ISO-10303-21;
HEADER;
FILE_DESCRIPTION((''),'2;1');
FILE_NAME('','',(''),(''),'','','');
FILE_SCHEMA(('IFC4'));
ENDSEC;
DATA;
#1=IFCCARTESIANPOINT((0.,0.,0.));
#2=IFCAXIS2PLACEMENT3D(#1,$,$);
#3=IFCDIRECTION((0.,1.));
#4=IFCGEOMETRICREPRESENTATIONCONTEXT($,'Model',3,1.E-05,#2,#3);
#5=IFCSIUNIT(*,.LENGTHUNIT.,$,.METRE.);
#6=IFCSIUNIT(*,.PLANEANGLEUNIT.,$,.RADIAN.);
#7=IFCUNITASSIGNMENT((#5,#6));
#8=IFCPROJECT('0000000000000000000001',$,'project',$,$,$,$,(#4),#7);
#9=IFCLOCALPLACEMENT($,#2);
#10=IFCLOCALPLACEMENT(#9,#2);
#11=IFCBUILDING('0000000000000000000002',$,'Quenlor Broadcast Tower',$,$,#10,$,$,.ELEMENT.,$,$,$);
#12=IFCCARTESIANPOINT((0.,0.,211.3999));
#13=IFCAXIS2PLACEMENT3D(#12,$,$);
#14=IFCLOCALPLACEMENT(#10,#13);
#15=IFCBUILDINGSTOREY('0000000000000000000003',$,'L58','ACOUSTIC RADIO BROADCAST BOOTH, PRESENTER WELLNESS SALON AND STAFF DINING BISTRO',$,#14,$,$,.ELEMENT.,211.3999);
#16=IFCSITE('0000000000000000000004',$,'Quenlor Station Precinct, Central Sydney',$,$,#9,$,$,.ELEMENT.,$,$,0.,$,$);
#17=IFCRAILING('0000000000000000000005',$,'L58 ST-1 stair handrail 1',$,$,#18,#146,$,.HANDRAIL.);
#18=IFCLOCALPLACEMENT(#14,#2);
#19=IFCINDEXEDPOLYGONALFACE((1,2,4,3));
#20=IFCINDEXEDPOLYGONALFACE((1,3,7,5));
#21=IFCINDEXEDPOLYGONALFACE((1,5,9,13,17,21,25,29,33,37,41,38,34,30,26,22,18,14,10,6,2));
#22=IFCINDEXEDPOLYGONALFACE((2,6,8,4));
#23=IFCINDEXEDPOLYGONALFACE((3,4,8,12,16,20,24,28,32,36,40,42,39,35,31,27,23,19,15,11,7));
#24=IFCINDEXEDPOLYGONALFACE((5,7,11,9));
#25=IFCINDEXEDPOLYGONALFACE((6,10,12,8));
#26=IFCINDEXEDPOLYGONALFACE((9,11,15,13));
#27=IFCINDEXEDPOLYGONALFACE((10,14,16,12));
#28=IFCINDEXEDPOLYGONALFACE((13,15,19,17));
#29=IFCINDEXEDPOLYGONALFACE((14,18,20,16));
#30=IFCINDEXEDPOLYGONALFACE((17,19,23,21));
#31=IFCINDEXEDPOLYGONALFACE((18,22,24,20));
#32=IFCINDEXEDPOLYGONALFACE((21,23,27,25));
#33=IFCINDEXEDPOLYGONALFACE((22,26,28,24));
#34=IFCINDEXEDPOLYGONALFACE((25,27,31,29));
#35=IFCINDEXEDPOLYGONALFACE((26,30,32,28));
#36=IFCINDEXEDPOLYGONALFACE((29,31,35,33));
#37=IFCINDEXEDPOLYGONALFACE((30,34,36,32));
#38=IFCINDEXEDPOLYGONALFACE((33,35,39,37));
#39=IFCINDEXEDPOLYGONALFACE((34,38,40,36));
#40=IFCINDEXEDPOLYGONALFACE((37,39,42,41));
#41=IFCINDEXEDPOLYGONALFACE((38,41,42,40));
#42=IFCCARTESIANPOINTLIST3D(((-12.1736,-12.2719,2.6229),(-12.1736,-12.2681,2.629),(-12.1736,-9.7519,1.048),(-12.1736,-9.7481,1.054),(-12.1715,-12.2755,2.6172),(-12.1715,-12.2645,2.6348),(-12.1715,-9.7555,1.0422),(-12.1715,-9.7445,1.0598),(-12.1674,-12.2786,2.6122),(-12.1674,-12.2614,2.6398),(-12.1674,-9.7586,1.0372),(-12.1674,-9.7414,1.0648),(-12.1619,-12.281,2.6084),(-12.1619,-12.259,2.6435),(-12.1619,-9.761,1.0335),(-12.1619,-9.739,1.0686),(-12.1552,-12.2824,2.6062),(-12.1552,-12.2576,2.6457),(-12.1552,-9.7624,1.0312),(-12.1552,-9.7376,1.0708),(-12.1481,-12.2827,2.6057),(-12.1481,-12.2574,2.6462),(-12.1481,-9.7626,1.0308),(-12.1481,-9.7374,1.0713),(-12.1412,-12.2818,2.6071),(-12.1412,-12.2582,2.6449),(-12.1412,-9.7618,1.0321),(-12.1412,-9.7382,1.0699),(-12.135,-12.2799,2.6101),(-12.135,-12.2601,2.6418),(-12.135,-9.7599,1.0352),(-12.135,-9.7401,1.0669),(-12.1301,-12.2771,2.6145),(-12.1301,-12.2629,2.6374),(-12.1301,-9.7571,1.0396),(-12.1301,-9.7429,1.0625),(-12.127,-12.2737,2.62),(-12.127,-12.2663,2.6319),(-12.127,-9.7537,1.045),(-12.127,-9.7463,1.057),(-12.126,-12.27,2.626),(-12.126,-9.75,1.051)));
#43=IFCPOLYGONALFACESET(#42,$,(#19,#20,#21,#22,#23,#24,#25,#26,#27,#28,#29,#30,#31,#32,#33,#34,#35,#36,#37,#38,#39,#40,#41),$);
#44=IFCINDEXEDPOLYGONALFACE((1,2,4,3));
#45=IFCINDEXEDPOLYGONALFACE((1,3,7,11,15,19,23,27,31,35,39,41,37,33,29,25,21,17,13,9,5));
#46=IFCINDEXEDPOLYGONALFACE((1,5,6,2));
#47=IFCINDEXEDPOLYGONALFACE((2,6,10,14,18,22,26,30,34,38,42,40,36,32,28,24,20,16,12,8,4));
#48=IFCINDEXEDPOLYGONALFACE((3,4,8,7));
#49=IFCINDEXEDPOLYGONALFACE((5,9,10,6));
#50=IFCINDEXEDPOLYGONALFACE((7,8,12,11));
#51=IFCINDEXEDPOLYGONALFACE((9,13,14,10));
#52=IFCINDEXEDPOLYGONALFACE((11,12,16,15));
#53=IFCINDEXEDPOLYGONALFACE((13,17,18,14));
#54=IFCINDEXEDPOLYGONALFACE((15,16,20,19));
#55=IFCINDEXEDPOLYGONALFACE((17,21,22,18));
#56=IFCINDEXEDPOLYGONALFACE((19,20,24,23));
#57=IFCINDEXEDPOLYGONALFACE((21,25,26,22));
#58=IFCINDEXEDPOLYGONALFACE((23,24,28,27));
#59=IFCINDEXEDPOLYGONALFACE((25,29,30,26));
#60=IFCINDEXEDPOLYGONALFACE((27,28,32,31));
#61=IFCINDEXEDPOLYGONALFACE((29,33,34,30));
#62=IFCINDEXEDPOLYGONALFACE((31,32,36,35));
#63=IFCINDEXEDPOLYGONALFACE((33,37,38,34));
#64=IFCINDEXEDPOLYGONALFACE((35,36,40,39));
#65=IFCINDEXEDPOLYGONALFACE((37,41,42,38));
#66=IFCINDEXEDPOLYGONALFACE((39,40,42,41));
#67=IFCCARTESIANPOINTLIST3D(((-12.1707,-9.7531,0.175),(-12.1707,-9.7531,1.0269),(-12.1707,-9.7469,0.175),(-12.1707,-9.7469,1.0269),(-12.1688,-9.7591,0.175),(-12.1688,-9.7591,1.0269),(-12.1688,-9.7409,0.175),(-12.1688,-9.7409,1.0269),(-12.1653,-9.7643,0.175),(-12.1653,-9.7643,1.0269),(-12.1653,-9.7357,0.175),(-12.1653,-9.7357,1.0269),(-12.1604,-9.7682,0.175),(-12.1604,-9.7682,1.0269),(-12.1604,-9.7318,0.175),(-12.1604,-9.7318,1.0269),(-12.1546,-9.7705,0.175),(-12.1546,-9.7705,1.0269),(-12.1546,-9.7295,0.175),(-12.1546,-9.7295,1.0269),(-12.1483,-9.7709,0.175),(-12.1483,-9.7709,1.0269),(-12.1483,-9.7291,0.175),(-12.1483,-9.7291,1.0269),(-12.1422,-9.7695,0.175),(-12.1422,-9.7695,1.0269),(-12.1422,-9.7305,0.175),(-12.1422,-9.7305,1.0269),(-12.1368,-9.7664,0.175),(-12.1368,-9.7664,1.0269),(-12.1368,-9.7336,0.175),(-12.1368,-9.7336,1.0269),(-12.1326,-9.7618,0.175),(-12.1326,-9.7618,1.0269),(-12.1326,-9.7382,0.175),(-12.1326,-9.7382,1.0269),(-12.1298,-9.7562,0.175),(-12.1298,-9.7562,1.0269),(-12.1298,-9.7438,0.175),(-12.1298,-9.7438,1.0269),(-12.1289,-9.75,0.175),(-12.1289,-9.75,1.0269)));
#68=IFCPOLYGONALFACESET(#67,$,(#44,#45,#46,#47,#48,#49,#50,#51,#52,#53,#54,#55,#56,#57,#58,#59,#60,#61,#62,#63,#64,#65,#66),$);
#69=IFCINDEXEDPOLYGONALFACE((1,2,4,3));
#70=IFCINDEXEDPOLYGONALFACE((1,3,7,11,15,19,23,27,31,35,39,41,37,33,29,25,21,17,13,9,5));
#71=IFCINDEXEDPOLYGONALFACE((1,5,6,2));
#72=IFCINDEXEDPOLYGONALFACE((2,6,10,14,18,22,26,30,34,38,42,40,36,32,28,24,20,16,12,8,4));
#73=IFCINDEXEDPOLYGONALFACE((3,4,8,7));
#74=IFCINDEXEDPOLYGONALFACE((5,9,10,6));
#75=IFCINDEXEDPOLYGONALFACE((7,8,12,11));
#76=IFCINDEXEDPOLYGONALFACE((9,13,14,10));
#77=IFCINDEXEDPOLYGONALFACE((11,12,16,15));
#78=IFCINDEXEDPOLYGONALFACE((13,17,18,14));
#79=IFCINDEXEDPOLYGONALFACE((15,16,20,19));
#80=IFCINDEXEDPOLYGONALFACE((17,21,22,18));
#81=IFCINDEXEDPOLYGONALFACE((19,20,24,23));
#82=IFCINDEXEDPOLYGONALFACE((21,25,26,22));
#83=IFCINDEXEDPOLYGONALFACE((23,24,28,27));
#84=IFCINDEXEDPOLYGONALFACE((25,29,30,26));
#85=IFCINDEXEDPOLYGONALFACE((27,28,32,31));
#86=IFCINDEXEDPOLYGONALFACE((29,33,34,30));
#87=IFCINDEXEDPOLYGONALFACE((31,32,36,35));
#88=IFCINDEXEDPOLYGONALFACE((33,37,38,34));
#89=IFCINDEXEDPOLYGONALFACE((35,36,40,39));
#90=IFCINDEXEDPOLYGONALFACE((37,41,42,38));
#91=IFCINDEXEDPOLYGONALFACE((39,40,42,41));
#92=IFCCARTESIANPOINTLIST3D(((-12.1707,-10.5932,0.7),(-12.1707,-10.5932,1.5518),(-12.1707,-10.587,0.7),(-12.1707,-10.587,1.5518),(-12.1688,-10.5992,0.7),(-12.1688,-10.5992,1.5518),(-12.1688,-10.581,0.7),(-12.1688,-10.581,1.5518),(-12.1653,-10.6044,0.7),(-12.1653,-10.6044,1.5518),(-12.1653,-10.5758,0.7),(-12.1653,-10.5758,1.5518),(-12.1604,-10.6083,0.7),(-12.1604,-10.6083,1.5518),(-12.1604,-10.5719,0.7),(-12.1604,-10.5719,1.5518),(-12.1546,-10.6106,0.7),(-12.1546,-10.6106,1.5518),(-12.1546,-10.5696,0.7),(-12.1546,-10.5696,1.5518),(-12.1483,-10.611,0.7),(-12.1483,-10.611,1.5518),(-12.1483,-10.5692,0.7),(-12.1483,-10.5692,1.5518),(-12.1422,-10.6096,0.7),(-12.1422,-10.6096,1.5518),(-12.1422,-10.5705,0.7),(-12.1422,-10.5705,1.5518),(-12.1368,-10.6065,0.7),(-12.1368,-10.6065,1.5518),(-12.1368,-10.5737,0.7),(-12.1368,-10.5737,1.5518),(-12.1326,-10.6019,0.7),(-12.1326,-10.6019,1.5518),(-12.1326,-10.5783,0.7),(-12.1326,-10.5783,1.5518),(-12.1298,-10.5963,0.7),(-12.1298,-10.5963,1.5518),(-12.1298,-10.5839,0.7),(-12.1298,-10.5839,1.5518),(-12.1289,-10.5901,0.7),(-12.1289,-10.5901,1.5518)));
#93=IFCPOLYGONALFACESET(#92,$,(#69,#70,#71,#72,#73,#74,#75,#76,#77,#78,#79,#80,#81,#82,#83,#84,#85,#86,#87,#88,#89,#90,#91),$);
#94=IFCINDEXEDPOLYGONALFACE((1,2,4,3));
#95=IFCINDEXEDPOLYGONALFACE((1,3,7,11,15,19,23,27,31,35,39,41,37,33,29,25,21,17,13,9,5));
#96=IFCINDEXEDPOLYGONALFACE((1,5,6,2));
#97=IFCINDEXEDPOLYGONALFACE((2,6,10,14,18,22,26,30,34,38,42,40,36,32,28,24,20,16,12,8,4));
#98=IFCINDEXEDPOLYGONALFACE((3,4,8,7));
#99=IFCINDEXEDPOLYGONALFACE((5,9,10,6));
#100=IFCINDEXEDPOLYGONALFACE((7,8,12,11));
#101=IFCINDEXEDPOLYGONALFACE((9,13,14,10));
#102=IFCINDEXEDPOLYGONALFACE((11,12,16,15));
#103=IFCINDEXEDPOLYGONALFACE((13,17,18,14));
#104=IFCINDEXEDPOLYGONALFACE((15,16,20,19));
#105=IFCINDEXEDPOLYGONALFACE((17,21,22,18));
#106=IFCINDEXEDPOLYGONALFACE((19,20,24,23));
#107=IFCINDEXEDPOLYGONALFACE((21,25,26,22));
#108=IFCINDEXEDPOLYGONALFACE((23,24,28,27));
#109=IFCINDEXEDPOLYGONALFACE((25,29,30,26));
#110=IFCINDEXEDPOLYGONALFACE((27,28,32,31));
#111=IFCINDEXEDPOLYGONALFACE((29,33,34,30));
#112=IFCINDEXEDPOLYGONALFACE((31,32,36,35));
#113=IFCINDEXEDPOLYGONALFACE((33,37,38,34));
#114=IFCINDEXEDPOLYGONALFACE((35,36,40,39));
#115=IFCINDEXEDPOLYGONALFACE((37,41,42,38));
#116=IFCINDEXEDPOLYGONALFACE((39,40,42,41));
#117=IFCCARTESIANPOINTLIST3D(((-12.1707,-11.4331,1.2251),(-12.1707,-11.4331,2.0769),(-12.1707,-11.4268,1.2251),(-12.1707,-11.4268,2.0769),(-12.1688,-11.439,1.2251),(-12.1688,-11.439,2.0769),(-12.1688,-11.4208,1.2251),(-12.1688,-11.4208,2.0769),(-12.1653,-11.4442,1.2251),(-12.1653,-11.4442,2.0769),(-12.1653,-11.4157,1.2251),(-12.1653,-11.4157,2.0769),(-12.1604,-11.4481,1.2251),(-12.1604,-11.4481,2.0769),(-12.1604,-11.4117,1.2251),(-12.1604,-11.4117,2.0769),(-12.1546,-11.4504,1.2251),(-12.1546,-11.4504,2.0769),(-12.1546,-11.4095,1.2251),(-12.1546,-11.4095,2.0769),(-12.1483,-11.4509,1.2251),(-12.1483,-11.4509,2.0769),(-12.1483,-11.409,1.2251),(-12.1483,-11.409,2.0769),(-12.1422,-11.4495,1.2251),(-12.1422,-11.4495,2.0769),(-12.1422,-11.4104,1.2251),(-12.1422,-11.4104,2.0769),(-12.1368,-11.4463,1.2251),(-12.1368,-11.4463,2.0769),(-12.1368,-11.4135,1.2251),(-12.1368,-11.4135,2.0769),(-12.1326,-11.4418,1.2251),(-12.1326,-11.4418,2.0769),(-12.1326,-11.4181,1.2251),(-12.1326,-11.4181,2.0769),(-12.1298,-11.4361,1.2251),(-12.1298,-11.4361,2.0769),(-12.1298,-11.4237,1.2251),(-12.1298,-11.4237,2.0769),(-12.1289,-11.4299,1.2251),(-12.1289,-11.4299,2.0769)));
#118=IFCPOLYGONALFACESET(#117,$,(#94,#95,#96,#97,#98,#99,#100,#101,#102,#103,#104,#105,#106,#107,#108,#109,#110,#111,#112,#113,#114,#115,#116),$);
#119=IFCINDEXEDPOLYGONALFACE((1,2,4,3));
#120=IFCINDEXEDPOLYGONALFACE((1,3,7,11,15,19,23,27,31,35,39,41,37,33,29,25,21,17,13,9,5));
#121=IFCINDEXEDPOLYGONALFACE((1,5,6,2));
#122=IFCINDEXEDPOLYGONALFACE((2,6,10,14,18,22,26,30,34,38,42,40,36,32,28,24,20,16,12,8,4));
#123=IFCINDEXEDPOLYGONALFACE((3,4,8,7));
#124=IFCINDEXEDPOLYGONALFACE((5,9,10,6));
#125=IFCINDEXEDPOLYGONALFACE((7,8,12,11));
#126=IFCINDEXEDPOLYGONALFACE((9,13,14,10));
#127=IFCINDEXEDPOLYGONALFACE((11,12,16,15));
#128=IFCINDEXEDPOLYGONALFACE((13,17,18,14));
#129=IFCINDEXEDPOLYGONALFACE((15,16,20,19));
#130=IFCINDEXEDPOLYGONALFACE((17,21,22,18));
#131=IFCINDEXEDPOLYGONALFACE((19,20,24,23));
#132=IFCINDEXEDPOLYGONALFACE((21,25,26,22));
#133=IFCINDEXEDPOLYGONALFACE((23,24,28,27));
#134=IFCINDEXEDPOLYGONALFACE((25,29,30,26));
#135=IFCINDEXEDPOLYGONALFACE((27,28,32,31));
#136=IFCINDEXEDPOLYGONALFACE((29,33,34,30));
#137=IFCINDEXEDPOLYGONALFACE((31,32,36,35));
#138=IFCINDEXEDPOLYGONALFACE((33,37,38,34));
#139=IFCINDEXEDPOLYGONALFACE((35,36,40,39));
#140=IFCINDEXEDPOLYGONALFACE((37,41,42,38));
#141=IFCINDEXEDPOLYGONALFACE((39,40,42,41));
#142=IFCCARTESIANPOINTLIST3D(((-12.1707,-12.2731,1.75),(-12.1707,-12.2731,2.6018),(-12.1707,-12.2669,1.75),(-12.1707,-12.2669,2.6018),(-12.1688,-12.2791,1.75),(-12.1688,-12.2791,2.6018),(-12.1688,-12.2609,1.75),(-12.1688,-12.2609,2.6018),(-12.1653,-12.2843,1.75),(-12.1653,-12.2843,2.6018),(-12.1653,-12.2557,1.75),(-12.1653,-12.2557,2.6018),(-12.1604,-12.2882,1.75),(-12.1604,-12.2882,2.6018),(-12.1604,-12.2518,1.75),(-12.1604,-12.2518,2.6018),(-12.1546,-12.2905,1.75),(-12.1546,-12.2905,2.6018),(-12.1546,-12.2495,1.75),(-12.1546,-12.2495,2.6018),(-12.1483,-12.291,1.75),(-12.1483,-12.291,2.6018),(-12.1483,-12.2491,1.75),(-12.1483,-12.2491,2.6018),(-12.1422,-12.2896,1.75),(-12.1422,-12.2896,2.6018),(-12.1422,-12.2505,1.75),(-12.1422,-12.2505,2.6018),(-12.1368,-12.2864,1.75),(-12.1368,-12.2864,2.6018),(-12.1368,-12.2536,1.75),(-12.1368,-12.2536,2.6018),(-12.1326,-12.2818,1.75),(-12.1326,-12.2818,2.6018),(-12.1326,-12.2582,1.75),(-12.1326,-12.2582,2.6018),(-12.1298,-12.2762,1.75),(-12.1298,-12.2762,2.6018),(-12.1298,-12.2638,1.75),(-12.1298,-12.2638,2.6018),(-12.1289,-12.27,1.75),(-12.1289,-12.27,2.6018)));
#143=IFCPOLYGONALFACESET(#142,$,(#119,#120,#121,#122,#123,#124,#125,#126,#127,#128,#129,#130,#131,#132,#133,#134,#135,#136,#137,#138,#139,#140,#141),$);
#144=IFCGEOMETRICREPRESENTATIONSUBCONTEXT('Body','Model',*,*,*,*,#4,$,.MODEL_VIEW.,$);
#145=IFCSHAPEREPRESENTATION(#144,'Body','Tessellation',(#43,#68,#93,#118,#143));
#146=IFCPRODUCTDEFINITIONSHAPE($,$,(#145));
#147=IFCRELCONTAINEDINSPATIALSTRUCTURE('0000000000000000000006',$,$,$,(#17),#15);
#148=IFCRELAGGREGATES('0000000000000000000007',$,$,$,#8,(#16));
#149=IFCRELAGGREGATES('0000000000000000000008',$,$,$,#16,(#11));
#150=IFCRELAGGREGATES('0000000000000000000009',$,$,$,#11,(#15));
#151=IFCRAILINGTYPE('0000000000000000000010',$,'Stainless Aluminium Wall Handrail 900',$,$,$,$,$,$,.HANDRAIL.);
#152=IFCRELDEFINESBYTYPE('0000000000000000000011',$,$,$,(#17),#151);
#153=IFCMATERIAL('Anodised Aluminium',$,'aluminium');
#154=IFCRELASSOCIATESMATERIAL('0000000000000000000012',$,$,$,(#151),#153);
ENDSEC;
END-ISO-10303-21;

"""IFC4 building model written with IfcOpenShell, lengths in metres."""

from ifc_helpers import new_model, si_unit, direction, frame, origin, origin_2d, place, context, subcontext, project, spatial, circle, extrude, material, type_object, element, save


model = new_model("IFC4")

# Units and contexts
model_context = context("Model", 3, precision=1e-05, world=origin(), true_north=direction((0.0, 1.0)))
body_context = subcontext(model_context, "Body", "Model", "MODEL_VIEW")
ifc_project = project(units=[si_unit("LENGTHUNIT", "METRE"), si_unit("PLANEANGLEUNIT", "RADIAN")], contexts=[model_context])

# Site, building, storey
site_placement = place(None, origin())
site = spatial("IfcSite", under=ifc_project, at=site_placement, Name="Quenlor Station Precinct, Central Sydney", CompositionType="ELEMENT", RefElevation=0.0)
building_placement = place(site_placement, origin())
building = spatial("IfcBuilding", under=site, at=building_placement, Name="Quenlor Broadcast Tower", CompositionType="ELEMENT")
storey_placement = place(building_placement, frame((0.0, 0.0, 211.3999)))
storey = spatial("IfcBuildingStorey", under=building, at=storey_placement, Name="L58", Description="ACOUSTIC RADIO BROADCAST BOOTH, PRESENTER WELLNESS SALON AND STAFF DINING BISTRO", CompositionType="ELEMENT", Elevation=211.3999)

# Railing
ifc_material_1 = material(Name="Anodised Aluminium", Category="aluminium")
railing_type = type_object("IfcRailingType", Name="Stainless Aluminium Wall Handrail 900", PredefinedType="HANDRAIL", material=ifc_material_1)
railing_placement = place(storey_placement, frame((-12.1499, -9.75, 0.175)))
element("IfcRailing", 1, at=railing_placement, inside=storey, type_object=railing_type, Name="L58 ST-1 stair handrail 1", PredefinedType="HANDRAIL", context=body_context, shape_type="SweptSolid", body=[
    extrude(circle(Radius=0.0239, at=origin_2d()), frame((0.0, 0.0, 0.876), z_axis=(0.0, -0.848008, 0.529984), x_axis=(1.0, 0.0, 0.0)), (0.0, 0.0, 1.0), 2.9717),
    extrude(circle(Radius=0.021, at=origin_2d()), origin(), (0.0, 0.0, 1.0), 0.8518),
    extrude(circle(Radius=0.021, at=origin_2d()), frame((0.0, -0.8401, 0.5249)), (0.0, 0.0, 1.0), 0.8518),
    extrude(circle(Radius=0.021, at=origin_2d()), frame((0.0, -1.6799, 1.05)), (0.0, 0.0, 1.0), 0.8518),
    extrude(circle(Radius=0.021, at=origin_2d()), frame((0.0, -2.52, 1.575)), (0.0, 0.0, 1.0), 0.8518),
])

save(model, "model.ifc")
